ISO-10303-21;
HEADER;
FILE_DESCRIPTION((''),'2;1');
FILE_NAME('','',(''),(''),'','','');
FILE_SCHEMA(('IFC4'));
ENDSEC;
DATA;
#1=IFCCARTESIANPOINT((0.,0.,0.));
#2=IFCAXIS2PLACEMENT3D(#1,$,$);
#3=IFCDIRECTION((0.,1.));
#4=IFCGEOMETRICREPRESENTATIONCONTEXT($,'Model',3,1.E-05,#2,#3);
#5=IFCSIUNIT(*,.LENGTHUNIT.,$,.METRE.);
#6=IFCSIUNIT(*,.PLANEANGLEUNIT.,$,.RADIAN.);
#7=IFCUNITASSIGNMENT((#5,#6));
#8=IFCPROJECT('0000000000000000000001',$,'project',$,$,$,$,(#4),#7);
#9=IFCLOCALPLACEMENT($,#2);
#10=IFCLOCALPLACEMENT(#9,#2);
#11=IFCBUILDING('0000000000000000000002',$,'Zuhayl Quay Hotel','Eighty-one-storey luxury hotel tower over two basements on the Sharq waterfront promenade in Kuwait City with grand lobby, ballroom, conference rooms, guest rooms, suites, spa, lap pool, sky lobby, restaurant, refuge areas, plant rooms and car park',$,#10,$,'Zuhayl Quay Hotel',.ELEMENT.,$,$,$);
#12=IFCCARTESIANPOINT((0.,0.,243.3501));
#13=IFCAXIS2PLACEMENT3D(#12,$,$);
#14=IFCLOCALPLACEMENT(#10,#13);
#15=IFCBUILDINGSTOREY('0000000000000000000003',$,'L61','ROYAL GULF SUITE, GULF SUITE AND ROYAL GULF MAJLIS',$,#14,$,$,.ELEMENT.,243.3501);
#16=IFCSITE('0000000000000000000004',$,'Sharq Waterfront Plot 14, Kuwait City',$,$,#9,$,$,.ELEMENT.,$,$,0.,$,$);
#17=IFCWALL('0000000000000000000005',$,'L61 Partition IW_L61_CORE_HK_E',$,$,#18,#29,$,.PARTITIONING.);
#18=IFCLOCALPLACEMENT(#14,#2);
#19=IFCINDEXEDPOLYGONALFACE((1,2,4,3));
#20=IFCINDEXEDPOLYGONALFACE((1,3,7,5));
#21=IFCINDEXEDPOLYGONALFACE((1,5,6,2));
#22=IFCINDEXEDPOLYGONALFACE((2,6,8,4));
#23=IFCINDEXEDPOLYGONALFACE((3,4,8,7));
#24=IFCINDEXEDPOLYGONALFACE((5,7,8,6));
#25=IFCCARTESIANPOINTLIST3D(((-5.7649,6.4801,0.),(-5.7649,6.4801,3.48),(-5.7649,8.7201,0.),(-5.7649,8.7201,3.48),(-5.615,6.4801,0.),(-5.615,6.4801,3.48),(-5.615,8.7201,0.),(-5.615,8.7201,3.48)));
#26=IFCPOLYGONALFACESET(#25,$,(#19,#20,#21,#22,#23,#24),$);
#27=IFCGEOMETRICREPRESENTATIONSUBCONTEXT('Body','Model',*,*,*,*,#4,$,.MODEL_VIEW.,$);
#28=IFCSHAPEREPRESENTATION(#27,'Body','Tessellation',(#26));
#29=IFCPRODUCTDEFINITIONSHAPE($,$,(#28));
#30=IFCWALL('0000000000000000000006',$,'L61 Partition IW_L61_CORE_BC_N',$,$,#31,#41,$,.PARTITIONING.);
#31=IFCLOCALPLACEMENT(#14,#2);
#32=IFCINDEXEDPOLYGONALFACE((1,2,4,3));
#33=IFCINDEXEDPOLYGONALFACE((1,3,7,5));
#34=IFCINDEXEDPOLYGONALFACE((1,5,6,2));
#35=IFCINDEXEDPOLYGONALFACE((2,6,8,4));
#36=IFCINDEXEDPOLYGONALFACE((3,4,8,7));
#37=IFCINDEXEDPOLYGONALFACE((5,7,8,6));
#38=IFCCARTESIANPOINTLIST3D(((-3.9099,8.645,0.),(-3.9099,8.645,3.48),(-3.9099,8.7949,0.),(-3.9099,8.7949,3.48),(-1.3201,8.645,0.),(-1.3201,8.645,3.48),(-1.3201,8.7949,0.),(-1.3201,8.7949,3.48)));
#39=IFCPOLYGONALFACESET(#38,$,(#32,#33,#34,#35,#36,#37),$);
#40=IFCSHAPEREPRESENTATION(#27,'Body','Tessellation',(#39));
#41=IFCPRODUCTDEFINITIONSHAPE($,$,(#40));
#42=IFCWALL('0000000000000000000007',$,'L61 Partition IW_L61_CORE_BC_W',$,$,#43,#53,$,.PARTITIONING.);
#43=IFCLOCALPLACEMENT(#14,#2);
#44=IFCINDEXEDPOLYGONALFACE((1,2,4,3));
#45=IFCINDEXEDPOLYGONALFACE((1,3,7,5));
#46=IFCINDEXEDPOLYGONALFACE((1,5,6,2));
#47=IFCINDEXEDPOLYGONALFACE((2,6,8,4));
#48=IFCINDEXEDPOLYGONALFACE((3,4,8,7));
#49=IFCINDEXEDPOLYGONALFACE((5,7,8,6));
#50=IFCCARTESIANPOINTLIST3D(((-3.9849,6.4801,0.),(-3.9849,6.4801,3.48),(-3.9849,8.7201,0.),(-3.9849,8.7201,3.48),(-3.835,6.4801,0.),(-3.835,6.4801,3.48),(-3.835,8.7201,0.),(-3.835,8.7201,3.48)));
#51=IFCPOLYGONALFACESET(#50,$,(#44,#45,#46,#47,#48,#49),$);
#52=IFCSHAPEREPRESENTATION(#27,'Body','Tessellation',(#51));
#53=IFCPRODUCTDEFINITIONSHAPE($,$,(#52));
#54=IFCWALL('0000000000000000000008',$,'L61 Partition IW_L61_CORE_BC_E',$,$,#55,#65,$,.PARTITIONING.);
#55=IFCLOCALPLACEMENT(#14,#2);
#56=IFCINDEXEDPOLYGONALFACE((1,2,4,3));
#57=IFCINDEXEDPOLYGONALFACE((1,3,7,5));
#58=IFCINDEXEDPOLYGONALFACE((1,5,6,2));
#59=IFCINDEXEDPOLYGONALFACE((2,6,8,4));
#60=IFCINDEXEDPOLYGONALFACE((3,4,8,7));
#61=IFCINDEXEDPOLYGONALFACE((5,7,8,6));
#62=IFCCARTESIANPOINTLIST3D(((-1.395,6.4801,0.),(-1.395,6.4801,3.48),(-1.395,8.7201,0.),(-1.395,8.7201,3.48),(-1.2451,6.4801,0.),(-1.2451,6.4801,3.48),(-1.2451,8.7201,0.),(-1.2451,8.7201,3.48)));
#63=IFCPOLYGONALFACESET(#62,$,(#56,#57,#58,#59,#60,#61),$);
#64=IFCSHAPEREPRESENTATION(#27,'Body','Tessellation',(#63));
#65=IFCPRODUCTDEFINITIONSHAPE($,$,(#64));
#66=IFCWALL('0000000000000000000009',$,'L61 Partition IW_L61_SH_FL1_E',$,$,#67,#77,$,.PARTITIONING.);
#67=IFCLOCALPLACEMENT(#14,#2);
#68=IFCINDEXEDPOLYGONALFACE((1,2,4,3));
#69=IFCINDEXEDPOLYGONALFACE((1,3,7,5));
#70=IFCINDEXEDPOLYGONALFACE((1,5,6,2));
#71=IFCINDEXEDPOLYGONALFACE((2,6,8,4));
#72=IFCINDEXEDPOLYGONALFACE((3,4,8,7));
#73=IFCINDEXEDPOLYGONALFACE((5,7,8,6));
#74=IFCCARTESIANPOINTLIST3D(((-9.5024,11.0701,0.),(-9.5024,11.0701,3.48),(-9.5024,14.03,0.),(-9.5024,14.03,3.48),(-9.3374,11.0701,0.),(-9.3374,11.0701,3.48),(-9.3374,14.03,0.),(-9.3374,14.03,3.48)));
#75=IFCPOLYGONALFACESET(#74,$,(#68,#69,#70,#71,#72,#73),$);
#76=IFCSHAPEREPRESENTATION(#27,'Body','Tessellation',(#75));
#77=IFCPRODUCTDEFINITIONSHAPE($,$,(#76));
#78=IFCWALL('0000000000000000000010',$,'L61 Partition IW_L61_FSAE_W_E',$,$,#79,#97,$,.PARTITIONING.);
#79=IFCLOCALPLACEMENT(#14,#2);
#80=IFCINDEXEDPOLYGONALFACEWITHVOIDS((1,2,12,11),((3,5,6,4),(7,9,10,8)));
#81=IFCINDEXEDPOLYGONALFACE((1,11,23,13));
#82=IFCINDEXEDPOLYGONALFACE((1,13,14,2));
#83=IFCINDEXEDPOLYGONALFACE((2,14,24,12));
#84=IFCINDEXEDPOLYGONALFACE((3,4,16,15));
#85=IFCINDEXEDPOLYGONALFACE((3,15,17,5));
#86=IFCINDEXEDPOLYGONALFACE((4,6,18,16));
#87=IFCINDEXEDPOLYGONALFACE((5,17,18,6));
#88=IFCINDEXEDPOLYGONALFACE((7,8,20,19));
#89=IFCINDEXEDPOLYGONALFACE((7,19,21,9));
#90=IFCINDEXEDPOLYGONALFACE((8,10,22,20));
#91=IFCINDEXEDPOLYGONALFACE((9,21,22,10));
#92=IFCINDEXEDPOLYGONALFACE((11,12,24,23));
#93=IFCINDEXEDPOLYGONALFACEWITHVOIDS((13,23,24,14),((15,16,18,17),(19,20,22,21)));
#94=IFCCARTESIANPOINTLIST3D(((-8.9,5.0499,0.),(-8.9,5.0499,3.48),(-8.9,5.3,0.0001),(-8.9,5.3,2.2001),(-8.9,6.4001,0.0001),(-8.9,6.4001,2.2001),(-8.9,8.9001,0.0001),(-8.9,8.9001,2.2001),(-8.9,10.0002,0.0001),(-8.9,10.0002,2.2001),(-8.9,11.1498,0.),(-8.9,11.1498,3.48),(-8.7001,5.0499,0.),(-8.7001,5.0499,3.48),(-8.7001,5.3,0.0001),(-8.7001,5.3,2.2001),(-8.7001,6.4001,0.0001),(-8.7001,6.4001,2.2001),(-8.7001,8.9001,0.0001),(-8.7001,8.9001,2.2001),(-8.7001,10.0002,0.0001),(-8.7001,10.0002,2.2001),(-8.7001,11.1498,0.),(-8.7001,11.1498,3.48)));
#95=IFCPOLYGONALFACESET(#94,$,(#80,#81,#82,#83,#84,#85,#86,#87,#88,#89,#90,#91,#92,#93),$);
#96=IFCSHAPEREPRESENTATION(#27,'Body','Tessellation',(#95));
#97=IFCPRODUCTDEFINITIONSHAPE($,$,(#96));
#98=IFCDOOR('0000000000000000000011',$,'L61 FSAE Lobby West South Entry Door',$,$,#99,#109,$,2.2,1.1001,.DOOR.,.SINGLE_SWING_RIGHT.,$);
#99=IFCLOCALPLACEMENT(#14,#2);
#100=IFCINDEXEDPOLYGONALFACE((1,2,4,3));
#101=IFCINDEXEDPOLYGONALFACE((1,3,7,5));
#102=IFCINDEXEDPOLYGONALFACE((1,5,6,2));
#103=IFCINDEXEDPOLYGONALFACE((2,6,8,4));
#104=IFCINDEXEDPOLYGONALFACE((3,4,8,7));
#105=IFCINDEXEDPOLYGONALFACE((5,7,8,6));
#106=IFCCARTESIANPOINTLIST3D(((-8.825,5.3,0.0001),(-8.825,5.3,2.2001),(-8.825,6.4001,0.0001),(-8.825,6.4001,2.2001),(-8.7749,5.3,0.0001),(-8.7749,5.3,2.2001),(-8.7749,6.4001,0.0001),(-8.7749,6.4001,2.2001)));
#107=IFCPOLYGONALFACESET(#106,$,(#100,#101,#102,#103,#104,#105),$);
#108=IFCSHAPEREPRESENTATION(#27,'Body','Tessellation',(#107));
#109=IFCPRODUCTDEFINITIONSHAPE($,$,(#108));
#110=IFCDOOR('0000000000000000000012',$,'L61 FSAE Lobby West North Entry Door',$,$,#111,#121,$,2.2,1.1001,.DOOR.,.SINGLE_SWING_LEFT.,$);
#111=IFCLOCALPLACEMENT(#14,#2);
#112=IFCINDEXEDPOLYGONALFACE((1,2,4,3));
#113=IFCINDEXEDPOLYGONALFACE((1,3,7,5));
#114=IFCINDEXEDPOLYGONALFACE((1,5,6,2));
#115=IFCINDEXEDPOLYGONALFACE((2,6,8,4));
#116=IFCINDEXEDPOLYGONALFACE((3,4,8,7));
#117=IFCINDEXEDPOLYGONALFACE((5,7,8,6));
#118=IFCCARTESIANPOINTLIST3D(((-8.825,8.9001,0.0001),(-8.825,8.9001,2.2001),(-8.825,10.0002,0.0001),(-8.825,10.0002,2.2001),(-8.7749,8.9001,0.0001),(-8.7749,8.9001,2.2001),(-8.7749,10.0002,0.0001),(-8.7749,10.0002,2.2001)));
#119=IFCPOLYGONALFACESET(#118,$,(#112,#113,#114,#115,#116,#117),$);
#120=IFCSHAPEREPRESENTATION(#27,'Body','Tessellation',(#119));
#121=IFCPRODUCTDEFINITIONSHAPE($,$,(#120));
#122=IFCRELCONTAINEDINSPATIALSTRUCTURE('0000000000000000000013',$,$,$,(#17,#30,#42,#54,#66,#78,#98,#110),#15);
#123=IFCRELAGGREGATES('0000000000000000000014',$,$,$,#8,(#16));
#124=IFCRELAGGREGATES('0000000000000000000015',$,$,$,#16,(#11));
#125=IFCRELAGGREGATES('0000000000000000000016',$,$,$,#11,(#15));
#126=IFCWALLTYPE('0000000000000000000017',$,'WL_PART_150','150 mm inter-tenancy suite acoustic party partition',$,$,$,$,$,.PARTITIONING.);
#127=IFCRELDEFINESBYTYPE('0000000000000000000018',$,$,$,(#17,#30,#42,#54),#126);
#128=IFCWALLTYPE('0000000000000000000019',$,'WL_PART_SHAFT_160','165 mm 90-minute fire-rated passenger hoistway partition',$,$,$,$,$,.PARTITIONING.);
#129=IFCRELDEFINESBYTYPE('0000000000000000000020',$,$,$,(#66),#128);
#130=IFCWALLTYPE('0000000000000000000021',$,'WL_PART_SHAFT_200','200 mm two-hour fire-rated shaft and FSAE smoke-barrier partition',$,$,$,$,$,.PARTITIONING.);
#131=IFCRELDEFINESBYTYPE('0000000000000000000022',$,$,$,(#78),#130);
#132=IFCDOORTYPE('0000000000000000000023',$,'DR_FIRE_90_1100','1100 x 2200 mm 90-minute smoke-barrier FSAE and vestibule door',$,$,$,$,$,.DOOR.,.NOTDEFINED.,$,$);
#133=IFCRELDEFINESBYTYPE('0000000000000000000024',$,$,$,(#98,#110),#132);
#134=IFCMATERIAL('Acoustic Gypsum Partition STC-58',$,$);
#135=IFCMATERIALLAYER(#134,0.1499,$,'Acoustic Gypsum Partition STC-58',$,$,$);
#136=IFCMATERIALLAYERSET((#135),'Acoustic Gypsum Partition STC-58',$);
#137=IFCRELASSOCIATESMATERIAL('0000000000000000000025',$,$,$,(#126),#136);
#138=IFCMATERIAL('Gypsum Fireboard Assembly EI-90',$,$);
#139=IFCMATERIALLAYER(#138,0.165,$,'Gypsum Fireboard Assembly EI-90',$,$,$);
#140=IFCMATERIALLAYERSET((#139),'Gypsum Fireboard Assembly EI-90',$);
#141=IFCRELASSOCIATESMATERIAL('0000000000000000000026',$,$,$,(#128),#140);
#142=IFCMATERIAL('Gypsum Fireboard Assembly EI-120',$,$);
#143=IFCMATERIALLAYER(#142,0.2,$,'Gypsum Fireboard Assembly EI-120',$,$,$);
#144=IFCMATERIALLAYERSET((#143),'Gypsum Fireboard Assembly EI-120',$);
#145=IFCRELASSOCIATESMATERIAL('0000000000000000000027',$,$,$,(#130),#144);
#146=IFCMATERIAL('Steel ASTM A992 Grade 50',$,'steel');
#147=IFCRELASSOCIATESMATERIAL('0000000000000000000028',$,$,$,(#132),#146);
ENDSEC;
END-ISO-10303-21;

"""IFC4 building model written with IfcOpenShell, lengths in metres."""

from ifc_helpers import new_model, si_unit, direction, frame, frame_2d, origin, place, context, subcontext, project, spatial, rectangle, extrude, material, layer, layer_set, type_object, element, fill, save


model = new_model("IFC4")

# Units and contexts
model_context = context("Model", 3, precision=1e-05, world=origin(), true_north=direction((0.0, 1.0)))
body_context = subcontext(model_context, "Body", "Model", "MODEL_VIEW")
ifc_project = project(units=[si_unit("LENGTHUNIT", "METRE"), si_unit("PLANEANGLEUNIT", "RADIAN")], contexts=[model_context])

# Site, building, storey
site_placement = place(None, origin())
site = spatial("IfcSite", under=ifc_project, at=site_placement, Name="Sharq Waterfront Plot 14, Kuwait City", CompositionType="ELEMENT", RefElevation=0.0)
building_placement = place(site_placement, origin())
building = spatial("IfcBuilding", under=site, at=building_placement, Name="Zuhayl Quay Hotel", Description="Eighty-one-storey luxury hotel tower over two basements on the Sharq waterfront promenade in Kuwait City with grand lobby, ballroom, conference rooms, guest rooms, suites, spa, lap pool, sky lobby, restaurant, refuge areas, plant rooms and car park", LongName="Zuhayl Quay Hotel", CompositionType="ELEMENT")
storey_placement = place(building_placement, frame((0.0, 0.0, 243.3501)))
storey = spatial("IfcBuildingStorey", under=building, at=storey_placement, Name="L61", Description="ROYAL GULF SUITE, GULF SUITE AND ROYAL GULF MAJLIS", CompositionType="ELEMENT", Elevation=243.3501)

# Shared definitions
ifc_material_1 = material(Name="Acoustic Gypsum Partition STC-58")
ifc_layer_1 = layer(ifc_material_1, 0.1499, Name="Acoustic Gypsum Partition STC-58")
ifc_layer_set_1 = layer_set([ifc_layer_1], Name="Acoustic Gypsum Partition STC-58")
wall_type_1 = type_object("IfcWallType", Name="WL_PART_150", Description="150 mm inter-tenancy suite acoustic party partition", PredefinedType="PARTITIONING", material=ifc_layer_set_1)
ifc_material_2 = material(Name="Steel ASTM A992 Grade 50", Category="steel")

# Walls
for number, where, z_axis, x_axis, name in (
    (1, (-5.6899, 6.48, 0.0), (0.0, 0.0, 1.0), (0.0, 1.0, 0.0), "L61 Partition IW_L61_CORE_HK_E"),
):
    element("IfcWall", number, at=place(storey_placement, frame(where, z_axis=z_axis, x_axis=x_axis)), inside=storey, type_object=wall_type_1, Name=name, PredefinedType="PARTITIONING", context=body_context, shape_type="SweptSolid", body=[
        extrude(rectangle(XDim=2.24, YDim=0.1499, at=frame_2d((1.1201, 0.0))), origin(), (0.0, 0.0, 1.0), 3.48),
    ])
wall_1_placement = place(storey_placement, frame((-3.9099, 8.72, 0.0), z_axis=(0.0, 0.0, 1.0), x_axis=(1.0, 0.0, 0.0)))
element("IfcWall", 2, at=wall_1_placement, inside=storey, type_object=wall_type_1, Name="L61 Partition IW_L61_CORE_BC_N", PredefinedType="PARTITIONING", context=body_context, shape_type="SweptSolid", body=[
    extrude(rectangle(XDim=2.5898, YDim=0.1499, at=frame_2d((1.2949, 0.0))), origin(), (0.0, 0.0, 1.0), 3.48),
])
for number, where, z_axis, x_axis, name in (
    (3, (-3.9099, 6.48, 0.0), (0.0, 0.0, 1.0), (0.0, 1.0, 0.0), "L61 Partition IW_L61_CORE_BC_W"),
    (4, (-1.3201, 6.48, 0.0), (0.0, 0.0, 1.0), (0.0, 1.0, 0.0), "L61 Partition IW_L61_CORE_BC_E"),
):
    element("IfcWall", number, at=place(storey_placement, frame(where, z_axis=z_axis, x_axis=x_axis)), inside=storey, type_object=wall_type_1, Name=name, PredefinedType="PARTITIONING", context=body_context, shape_type="SweptSolid", body=[
        extrude(rectangle(XDim=2.24, YDim=0.1499, at=frame_2d((1.1201, 0.0))), origin(), (0.0, 0.0, 1.0), 3.48),
    ])
ifc_material_3 = material(Name="Gypsum Fireboard Assembly EI-90")
ifc_layer_2 = layer(ifc_material_3, 0.165, Name="Gypsum Fireboard Assembly EI-90")
ifc_layer_set_2 = layer_set([ifc_layer_2], Name="Gypsum Fireboard Assembly EI-90")
wall_type_2 = type_object("IfcWallType", Name="WL_PART_SHAFT_160", Description="165 mm 90-minute fire-rated passenger hoistway partition", PredefinedType="PARTITIONING", material=ifc_layer_set_2)
wall_2_placement = place(storey_placement, frame((-9.4199, 11.0701, 0.0), z_axis=(0.0, 0.0, 1.0), x_axis=(0.0, 1.0, 0.0)))
element("IfcWall", 5, at=wall_2_placement, inside=storey, type_object=wall_type_2, Name="L61 Partition IW_L61_SH_FL1_E", PredefinedType="PARTITIONING", context=body_context, shape_type="SweptSolid", body=[
    extrude(rectangle(XDim=2.96, YDim=0.165, at=frame_2d((1.48, 0.0))), origin(), (0.0, 0.0, 1.0), 3.48),
])

# Wall, openings, doors
ifc_material_4 = material(Name="Gypsum Fireboard Assembly EI-120")
ifc_layer_3 = layer(ifc_material_4, 0.2, Name="Gypsum Fireboard Assembly EI-120")
ifc_layer_set_3 = layer_set([ifc_layer_3], Name="Gypsum Fireboard Assembly EI-120")
wall_type_3 = type_object("IfcWallType", Name="WL_PART_SHAFT_200", Description="200 mm two-hour fire-rated shaft and FSAE smoke-barrier partition", PredefinedType="PARTITIONING", material=ifc_layer_set_3)
wall_3_placement = place(storey_placement, frame((-8.8, 5.05, 0.0), z_axis=(0.0, 0.0, 1.0), x_axis=(0.0, 1.0, 0.0)))
wall_3 = element("IfcWall", 6, at=wall_3_placement, inside=storey, type_object=wall_type_3, Name="L61 Partition IW_L61_FSAE_W_E", PredefinedType="PARTITIONING", context=body_context, shape_type="SweptSolid", body=[
    extrude(rectangle(XDim=6.0999, YDim=0.2, at=frame_2d((3.0498, 0.0))), origin(), (0.0, 0.0, 1.0), 3.48),
])
opening_1_placement = place(wall_3_placement, frame((0.25, 0.0, 0.0)))
opening_1 = element("IfcOpeningElement", 7, at=opening_1_placement, cuts=wall_3, PredefinedType="OPENING", context=body_context, shape_type="SweptSolid", body=[
    extrude(rectangle(XDim=1.1001, YDim=2.2, at=frame_2d((0.55, 1.1001))), frame((0.0, 0.1099, 0.0), z_axis=(0.0, -1.0, 0.0), x_axis=(1.0, 0.0, 0.0)), (0.0, 0.0, 1.0), 0.22),
])
opening_2_placement = place(wall_3_placement, frame((3.8501, 0.0, 0.0)))
opening_2 = element("IfcOpeningElement", 8, at=opening_2_placement, cuts=wall_3, PredefinedType="OPENING", context=body_context, shape_type="SweptSolid", body=[
    extrude(rectangle(XDim=1.1001, YDim=2.2, at=frame_2d((0.55, 1.1001))), frame((0.0, 0.1099, 0.0), z_axis=(0.0, -1.0, 0.0), x_axis=(1.0, 0.0, 0.0)), (0.0, 0.0, 1.0), 0.22),
])
door_type_1 = type_object("IfcDoorType", Name="DR_FIRE_90_1100", Description="1100 x 2200 mm 90-minute smoke-barrier FSAE and vestibule door", OperationType="NOTDEFINED", PredefinedType="DOOR", material=ifc_material_2)
door_1_placement = place(opening_1_placement, origin())
door_1 = element("IfcDoor", 9, at=door_1_placement, inside=storey, type_object=door_type_1, Name="L61 FSAE Lobby West South Entry Door", OperationType="SINGLE_SWING_RIGHT", OverallHeight=2.2, OverallWidth=1.1001, PredefinedType="DOOR", context=body_context, shape_type="SweptSolid", body=[
    extrude(rectangle(XDim=1.1001, YDim=2.2, at=frame_2d((0.55, 1.1001))), frame((0.0, 0.0249, 0.0), z_axis=(0.0, -1.0, 0.0), x_axis=(1.0, 0.0, 0.0)), (0.0, 0.0, 1.0), 0.05),
])
fill(opening_1, door_1)
door_2_placement = place(opening_2_placement, origin())
door_2 = element("IfcDoor", 10, at=door_2_placement, inside=storey, type_object=door_type_1, Name="L61 FSAE Lobby West North Entry Door", OperationType="SINGLE_SWING_LEFT", OverallHeight=2.2, OverallWidth=1.1001, PredefinedType="DOOR", context=body_context, shape_type="SweptSolid", body=[
    extrude(rectangle(XDim=1.1001, YDim=2.2, at=frame_2d((0.55, 1.1001))), frame((0.0, 0.0249, 0.0), z_axis=(0.0, -1.0, 0.0), x_axis=(1.0, 0.0, 0.0)), (0.0, 0.0, 1.0), 0.05),
])
fill(opening_2, door_2)

save(model, "model.ifc")
